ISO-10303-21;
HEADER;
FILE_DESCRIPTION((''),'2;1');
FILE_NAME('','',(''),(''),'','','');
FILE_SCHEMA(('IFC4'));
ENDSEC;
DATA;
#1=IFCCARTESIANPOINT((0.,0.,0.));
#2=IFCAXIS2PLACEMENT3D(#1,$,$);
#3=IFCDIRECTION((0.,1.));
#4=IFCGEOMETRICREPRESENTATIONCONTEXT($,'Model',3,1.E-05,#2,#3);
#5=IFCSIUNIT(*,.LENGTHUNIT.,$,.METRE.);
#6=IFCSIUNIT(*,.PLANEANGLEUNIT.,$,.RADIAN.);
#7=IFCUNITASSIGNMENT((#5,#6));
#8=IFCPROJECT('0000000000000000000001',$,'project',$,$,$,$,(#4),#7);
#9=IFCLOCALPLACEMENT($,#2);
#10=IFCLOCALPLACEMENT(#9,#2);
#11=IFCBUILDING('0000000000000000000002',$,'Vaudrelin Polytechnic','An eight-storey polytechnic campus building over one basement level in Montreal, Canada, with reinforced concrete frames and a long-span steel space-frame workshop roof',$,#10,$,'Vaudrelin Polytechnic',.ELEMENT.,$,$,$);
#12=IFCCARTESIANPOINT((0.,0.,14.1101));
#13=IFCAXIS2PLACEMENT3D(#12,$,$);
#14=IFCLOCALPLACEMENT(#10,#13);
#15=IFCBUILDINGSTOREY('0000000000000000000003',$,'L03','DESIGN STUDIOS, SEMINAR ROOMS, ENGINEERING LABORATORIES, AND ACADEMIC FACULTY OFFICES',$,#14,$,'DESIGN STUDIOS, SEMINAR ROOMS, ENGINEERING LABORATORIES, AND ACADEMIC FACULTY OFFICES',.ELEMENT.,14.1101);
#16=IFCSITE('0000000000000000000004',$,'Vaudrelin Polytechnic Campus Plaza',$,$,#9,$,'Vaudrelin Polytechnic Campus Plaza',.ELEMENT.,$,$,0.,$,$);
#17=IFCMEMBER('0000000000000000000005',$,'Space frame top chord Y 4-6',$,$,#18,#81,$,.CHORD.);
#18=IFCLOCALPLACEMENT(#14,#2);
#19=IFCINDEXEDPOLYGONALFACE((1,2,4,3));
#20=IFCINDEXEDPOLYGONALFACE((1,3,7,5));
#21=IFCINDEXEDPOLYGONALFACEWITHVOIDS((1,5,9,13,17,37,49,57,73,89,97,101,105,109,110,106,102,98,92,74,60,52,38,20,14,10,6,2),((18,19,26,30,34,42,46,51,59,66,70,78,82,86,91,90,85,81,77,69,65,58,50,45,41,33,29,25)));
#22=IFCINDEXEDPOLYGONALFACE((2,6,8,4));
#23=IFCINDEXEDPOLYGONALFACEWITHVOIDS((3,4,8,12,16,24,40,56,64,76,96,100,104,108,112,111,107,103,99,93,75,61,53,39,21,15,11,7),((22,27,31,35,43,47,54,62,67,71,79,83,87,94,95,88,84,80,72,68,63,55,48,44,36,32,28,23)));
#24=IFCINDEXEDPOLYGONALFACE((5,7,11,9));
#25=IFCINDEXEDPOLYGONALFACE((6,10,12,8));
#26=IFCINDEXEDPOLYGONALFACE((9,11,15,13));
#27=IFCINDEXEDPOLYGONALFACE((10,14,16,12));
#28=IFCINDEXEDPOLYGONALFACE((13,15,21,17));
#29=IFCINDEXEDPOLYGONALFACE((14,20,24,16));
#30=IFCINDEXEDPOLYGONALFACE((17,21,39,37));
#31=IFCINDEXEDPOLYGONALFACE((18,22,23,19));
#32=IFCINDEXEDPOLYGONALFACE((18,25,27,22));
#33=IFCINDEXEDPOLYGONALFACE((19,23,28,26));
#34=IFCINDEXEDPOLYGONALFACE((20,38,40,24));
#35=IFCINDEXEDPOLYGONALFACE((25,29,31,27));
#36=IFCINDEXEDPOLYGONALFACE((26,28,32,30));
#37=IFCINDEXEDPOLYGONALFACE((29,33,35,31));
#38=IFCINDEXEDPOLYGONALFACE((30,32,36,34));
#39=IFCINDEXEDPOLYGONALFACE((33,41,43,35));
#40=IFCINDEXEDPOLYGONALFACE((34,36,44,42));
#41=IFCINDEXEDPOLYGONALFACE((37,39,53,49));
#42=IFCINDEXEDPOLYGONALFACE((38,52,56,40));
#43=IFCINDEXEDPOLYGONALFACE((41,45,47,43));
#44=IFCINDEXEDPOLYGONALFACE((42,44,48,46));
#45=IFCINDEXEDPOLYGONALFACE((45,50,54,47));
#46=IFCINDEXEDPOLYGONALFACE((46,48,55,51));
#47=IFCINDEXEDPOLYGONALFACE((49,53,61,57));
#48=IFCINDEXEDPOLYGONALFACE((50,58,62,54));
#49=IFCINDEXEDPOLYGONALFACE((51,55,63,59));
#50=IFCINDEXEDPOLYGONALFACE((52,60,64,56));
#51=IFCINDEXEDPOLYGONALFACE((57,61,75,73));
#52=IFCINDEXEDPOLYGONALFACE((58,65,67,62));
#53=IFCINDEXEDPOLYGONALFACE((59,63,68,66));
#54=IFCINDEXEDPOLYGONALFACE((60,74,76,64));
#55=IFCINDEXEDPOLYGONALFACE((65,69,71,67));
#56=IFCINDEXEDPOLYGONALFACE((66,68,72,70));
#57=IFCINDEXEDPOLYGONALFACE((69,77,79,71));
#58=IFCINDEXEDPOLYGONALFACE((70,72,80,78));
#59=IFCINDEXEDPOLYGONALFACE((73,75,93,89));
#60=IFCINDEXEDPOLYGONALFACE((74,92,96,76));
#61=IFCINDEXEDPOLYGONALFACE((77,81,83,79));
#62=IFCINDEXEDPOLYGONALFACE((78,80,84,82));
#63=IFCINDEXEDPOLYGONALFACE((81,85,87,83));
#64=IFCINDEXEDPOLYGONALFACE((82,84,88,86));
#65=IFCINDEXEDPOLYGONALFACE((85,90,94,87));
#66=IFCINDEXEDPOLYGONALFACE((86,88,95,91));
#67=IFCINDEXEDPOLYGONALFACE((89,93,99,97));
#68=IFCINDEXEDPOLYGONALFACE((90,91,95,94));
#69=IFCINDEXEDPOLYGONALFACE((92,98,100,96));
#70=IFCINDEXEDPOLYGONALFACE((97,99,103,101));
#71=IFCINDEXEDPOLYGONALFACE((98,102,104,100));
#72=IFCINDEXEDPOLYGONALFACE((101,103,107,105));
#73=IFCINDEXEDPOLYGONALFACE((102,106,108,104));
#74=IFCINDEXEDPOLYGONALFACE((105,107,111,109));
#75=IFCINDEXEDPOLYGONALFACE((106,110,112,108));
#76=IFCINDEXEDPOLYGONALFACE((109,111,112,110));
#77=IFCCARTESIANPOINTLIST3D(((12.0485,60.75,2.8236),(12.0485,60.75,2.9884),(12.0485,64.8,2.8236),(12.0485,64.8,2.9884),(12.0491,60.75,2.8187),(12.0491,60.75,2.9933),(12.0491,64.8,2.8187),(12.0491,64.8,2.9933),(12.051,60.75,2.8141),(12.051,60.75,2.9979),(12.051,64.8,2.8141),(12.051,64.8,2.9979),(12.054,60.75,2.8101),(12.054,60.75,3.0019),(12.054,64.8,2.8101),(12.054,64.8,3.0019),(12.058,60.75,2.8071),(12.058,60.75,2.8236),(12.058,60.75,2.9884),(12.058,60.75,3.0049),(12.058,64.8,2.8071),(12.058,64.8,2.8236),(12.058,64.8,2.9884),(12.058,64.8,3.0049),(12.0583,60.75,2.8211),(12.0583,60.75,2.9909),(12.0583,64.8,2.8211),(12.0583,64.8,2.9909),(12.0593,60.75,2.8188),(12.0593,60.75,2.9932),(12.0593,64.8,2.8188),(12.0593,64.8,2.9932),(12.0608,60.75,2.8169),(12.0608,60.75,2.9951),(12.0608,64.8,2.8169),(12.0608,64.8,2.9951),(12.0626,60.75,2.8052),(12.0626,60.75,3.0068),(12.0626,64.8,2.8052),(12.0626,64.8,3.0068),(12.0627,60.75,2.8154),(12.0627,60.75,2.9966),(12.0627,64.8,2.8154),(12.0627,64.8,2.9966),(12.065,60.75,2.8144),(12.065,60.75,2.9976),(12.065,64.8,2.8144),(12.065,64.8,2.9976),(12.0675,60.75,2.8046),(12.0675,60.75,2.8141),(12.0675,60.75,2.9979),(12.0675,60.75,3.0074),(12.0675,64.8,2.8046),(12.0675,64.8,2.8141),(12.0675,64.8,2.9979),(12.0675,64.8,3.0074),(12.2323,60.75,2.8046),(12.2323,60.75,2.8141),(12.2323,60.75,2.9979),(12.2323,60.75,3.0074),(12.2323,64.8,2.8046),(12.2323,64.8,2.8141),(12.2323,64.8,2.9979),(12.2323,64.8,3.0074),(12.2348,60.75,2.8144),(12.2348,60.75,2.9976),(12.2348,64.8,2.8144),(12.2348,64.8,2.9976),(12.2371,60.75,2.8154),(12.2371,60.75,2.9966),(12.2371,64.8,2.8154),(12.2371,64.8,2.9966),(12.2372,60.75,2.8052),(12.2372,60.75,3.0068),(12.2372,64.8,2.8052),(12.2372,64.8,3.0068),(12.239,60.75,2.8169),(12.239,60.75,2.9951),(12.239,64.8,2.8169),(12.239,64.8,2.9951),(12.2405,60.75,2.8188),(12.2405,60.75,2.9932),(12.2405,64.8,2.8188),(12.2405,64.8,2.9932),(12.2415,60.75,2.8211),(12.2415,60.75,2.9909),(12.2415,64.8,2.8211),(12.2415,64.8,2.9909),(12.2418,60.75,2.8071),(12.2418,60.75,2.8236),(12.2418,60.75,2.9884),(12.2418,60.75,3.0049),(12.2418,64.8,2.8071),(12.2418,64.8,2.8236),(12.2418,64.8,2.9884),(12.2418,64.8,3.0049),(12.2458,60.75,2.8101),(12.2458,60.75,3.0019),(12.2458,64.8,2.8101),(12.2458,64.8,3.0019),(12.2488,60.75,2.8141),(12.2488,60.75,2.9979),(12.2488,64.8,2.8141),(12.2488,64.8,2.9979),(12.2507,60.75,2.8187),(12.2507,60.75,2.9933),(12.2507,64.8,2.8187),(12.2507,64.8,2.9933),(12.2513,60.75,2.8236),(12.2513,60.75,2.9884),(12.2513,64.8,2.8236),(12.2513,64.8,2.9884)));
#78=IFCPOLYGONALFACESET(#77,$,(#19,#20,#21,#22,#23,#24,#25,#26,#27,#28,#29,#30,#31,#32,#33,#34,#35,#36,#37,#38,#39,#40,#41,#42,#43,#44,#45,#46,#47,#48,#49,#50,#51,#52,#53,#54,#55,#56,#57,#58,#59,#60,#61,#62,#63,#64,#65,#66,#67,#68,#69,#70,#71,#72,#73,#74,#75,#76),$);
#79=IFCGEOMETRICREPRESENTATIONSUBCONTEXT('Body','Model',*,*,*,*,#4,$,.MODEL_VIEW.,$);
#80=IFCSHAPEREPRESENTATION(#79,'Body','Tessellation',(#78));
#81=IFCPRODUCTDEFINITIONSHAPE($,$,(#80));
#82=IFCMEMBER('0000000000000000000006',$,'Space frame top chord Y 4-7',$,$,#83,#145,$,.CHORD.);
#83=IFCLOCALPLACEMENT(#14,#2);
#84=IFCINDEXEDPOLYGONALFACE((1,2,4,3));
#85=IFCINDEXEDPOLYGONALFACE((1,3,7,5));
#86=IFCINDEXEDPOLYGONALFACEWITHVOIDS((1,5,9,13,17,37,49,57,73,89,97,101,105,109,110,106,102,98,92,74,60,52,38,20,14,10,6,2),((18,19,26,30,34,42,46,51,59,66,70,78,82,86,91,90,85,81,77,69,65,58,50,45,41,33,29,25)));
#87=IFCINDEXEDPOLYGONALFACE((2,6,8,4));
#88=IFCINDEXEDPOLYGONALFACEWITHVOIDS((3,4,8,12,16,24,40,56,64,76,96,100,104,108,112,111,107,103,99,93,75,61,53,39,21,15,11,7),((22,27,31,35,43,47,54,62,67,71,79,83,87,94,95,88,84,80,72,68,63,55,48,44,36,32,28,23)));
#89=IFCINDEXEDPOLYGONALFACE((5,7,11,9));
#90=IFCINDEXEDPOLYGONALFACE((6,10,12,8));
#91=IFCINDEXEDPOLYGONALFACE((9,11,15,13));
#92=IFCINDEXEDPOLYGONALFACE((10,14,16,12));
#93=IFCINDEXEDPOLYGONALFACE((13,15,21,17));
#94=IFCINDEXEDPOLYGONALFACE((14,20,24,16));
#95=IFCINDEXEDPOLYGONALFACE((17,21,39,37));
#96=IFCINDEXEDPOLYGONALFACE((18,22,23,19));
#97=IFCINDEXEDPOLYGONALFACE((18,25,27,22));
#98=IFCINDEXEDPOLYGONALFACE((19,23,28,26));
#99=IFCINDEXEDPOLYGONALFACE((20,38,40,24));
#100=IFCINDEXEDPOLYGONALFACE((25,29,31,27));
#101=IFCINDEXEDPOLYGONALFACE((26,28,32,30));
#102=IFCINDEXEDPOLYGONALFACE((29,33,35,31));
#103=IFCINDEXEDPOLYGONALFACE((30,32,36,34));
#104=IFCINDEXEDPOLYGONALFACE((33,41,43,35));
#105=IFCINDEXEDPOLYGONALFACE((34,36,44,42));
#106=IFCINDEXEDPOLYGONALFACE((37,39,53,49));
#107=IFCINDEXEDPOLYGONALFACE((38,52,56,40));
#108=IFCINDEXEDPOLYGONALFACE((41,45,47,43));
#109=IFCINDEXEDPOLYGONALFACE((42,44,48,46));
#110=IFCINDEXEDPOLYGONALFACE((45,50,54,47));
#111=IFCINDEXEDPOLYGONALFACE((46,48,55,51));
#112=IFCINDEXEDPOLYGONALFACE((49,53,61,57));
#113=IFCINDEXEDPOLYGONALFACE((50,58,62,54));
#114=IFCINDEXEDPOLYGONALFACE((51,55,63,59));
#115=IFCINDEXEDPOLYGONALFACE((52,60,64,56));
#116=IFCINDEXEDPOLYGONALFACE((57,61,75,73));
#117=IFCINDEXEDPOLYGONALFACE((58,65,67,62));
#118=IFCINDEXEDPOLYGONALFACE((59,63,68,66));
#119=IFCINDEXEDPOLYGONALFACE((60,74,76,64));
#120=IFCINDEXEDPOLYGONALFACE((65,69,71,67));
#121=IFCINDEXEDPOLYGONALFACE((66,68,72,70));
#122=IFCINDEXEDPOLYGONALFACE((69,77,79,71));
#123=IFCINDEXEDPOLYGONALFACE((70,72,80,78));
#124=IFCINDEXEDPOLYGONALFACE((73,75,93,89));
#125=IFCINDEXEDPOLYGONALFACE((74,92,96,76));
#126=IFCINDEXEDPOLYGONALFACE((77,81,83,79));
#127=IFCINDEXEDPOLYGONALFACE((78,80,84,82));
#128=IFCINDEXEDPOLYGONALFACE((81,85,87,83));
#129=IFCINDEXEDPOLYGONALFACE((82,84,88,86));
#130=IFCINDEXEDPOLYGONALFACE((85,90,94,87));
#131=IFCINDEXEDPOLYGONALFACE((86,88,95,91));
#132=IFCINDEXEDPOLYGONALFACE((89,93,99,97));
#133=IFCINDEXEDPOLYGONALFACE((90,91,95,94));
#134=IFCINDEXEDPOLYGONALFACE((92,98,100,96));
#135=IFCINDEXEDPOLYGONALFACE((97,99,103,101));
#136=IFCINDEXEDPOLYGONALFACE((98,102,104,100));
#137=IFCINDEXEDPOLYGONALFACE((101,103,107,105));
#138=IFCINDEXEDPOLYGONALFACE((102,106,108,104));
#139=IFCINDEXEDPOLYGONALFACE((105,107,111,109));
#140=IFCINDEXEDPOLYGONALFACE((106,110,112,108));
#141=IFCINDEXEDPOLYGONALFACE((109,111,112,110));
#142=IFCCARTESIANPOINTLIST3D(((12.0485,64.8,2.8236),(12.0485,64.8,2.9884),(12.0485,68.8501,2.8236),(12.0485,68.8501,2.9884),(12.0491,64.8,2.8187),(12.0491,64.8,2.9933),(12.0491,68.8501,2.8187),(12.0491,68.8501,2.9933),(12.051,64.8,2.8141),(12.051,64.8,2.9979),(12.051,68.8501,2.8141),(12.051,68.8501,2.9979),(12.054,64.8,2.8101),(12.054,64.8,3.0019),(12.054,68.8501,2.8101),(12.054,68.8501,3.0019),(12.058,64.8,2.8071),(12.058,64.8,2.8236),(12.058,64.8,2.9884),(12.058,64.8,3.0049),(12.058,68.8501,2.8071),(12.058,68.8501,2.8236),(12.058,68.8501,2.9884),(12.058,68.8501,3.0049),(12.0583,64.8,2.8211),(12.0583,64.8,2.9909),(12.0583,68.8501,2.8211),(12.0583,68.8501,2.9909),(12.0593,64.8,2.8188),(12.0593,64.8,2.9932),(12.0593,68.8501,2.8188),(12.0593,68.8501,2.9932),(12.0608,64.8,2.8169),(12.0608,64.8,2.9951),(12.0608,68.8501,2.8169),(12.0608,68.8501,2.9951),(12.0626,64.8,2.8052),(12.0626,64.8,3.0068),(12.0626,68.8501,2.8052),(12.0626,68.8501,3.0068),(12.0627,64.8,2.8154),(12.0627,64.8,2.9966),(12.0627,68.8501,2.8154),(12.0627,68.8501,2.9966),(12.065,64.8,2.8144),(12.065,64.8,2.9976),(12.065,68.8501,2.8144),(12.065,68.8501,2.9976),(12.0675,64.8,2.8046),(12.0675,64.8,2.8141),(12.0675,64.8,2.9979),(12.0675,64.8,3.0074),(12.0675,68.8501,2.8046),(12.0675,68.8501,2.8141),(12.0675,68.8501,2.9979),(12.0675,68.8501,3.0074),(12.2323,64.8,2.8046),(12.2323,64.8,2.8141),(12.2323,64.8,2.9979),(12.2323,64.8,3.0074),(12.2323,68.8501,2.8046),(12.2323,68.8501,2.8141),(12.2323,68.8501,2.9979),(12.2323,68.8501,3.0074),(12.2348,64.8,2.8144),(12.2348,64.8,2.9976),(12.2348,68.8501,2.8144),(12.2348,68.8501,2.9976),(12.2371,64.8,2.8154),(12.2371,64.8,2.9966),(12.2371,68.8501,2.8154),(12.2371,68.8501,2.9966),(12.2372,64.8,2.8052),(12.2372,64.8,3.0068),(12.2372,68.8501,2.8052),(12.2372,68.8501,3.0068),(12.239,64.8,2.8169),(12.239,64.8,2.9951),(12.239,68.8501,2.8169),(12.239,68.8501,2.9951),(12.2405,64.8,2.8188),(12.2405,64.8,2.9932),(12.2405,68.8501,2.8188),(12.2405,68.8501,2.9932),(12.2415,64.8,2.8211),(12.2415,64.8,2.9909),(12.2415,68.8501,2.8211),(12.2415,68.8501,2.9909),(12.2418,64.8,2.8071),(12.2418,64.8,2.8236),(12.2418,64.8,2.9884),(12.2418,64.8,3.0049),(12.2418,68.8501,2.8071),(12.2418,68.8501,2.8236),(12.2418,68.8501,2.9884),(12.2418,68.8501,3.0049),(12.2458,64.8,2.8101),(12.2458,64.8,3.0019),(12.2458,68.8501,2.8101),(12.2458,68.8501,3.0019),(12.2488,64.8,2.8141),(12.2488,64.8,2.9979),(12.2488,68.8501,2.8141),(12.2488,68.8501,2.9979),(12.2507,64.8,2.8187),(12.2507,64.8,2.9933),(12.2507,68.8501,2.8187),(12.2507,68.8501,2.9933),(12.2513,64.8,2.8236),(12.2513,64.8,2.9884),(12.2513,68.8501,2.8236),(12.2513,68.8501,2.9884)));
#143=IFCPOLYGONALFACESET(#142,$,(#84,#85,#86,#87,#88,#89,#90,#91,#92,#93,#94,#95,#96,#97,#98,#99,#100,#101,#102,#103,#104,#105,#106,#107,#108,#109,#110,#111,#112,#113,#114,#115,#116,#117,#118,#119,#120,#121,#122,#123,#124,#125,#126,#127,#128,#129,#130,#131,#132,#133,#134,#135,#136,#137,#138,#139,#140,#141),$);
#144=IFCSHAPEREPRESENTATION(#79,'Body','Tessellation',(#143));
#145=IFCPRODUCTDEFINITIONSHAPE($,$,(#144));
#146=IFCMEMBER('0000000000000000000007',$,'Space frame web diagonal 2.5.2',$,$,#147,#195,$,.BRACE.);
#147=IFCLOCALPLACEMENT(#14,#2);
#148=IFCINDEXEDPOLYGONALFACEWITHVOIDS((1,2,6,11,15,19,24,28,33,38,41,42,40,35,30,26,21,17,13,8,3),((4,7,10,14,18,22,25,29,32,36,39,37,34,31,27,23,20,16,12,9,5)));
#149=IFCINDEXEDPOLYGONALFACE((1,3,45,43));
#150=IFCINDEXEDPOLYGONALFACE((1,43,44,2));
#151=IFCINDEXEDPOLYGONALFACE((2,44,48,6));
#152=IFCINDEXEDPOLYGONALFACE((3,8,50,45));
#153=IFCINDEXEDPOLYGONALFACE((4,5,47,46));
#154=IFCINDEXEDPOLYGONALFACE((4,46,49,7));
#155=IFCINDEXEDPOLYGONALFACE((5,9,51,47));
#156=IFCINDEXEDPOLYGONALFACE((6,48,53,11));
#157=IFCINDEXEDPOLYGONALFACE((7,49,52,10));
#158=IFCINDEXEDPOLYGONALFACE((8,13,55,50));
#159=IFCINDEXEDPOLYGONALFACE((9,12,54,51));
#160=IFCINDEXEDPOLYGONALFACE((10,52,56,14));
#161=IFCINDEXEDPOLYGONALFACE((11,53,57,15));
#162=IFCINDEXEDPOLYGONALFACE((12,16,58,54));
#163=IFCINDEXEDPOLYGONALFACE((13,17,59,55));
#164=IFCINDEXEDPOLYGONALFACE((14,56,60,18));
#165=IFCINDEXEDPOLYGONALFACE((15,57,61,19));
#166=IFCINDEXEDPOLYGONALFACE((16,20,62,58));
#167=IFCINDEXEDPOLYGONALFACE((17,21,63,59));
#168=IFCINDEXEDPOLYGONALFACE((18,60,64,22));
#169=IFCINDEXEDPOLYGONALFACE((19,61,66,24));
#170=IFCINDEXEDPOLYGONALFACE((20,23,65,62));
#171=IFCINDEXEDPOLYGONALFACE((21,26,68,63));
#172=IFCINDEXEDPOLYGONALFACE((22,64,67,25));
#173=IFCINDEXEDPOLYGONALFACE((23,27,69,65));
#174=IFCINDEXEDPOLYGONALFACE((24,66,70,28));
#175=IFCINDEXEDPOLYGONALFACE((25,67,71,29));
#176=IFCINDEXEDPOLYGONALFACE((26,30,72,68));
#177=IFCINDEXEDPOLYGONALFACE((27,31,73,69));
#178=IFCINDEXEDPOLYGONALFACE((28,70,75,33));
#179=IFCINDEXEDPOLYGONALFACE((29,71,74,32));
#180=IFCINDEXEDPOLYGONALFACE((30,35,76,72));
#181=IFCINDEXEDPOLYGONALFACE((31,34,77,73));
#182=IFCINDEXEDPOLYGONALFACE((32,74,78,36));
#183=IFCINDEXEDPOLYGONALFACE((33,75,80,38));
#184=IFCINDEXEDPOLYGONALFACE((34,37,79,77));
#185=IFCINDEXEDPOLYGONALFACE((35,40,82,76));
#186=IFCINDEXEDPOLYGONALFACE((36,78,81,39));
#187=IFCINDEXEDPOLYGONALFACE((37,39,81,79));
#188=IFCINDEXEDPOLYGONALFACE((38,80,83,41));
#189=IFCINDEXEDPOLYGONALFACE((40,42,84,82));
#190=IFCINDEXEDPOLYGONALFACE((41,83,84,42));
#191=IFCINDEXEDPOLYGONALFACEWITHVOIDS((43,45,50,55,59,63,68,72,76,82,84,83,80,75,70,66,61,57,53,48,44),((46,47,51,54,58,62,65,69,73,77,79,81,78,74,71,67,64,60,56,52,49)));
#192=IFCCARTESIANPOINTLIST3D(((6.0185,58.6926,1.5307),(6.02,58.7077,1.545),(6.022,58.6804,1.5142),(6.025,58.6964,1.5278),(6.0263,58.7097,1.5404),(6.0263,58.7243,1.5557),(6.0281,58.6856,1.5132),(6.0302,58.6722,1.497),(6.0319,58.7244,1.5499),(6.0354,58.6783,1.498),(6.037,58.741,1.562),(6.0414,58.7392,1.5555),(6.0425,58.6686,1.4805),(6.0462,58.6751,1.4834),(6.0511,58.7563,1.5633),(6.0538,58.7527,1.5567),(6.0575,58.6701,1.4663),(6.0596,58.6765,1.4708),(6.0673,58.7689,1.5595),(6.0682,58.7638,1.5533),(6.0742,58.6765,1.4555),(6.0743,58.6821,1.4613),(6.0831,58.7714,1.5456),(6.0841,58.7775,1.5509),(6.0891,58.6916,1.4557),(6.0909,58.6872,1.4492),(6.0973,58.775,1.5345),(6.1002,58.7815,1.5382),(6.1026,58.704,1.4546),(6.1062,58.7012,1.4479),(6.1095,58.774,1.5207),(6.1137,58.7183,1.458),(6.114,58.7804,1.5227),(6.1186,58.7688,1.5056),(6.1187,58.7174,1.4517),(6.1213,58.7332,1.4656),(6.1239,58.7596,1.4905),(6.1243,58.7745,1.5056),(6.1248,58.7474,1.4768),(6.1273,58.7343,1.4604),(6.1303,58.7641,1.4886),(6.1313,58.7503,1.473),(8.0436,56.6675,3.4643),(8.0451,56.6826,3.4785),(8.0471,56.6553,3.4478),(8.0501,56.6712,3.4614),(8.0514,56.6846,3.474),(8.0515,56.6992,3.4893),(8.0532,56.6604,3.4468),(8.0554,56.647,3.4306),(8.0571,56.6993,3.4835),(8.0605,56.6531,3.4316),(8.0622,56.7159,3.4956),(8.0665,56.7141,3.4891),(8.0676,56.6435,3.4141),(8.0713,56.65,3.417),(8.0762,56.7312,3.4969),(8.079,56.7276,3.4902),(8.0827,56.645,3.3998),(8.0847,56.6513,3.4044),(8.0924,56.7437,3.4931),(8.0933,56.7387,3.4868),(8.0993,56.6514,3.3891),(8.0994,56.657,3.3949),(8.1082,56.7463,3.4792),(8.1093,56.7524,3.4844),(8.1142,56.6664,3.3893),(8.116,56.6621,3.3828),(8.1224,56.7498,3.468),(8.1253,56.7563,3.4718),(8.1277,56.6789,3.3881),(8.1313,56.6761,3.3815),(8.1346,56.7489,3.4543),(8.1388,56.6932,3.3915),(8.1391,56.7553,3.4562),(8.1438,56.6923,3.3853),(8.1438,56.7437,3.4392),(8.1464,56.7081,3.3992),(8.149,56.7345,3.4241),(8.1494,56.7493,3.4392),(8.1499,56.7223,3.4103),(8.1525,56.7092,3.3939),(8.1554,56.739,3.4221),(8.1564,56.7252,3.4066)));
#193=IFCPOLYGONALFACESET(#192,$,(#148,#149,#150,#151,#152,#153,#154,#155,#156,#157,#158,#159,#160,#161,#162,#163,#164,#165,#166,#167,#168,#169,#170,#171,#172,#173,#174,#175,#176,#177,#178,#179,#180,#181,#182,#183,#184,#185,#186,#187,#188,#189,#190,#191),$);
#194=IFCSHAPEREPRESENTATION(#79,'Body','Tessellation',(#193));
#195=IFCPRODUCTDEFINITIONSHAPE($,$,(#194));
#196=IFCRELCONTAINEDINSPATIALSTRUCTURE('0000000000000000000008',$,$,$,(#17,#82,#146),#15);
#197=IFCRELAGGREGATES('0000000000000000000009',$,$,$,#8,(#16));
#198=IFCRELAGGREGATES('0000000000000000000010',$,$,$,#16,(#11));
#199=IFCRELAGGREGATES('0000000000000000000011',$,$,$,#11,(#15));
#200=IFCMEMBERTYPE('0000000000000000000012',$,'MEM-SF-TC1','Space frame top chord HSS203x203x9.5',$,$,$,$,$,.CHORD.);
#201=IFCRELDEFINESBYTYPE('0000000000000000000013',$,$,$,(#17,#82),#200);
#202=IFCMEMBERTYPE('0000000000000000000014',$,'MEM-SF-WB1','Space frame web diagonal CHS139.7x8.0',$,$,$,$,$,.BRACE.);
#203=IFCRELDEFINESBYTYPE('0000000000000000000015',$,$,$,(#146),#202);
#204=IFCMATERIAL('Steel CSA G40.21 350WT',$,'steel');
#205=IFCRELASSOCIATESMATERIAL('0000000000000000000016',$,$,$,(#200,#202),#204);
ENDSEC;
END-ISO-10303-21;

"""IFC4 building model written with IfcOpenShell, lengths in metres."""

from ifc_helpers import new_model, si_unit, direction, frame, origin, origin_2d, place, context, subcontext, project, spatial, hollow_rectangle, hollow_circle, extrude, material, material_profile, profile_set, type_object, element, save


model = new_model("IFC4")

# Units and contexts
model_context = context("Model", 3, precision=1e-05, world=origin(), true_north=direction((0.0, 1.0)))
body_context = subcontext(model_context, "Body", "Model", "MODEL_VIEW")
ifc_project = project(units=[si_unit("LENGTHUNIT", "METRE"), si_unit("PLANEANGLEUNIT", "RADIAN")], contexts=[model_context])

# Site, building, storey
site_placement = place(None, origin())
site = spatial("IfcSite", under=ifc_project, at=site_placement, Name="Vaudrelin Polytechnic Campus Plaza", LongName="Vaudrelin Polytechnic Campus Plaza", CompositionType="ELEMENT", RefElevation=0.0)
building_placement = place(site_placement, origin())
building = spatial("IfcBuilding", under=site, at=building_placement, Name="Vaudrelin Polytechnic", Description="An eight-storey polytechnic campus building over one basement level in Montreal, Canada, with reinforced concrete frames and a long-span steel space-frame workshop roof", LongName="Vaudrelin Polytechnic", CompositionType="ELEMENT")
storey_placement = place(building_placement, frame((0.0, 0.0, 14.1101)))
storey = spatial("IfcBuildingStorey", under=building, at=storey_placement, Name="L03", Description="DESIGN STUDIOS, SEMINAR ROOMS, ENGINEERING LABORATORIES, AND ACADEMIC FACULTY OFFICES", LongName="DESIGN STUDIOS, SEMINAR ROOMS, ENGINEERING LABORATORIES, AND ACADEMIC FACULTY OFFICES", CompositionType="ELEMENT", Elevation=14.1101)

# Members
ifc_material = material(Name="Steel CSA G40.21 350WT", Category="steel")
ifc_material_profile_1 = material_profile(ifc_material, hollow_rectangle(XDim=0.2029, YDim=0.2029, WallThickness=0.0095, InnerFilletRadius=0.0095, OuterFilletRadius=0.019, at=origin_2d()), Name="HSS203x203x9.5")
ifc_profile_set_1 = profile_set([ifc_material_profile_1], Name="Steel CSA G40.21 350WT")
member_type_1 = type_object("IfcMemberType", Name="MEM-SF-TC1", Description="Space frame top chord HSS203x203x9.5", PredefinedType="CHORD", material=ifc_profile_set_1)
for number, where, z_axis, x_axis, name in (
    (1, (12.1499, 60.75, 2.906), (0.0, 1.0, 0.0), (-1.0, 0.0, 0.0), "Space frame top chord Y 4-6"),
    (2, (12.1499, 64.8, 2.906), (0.0, 1.0, 0.0), (-1.0, 0.0, 0.0), "Space frame top chord Y 4-7"),
):
    element("IfcMember", number, at=place(storey_placement, frame(where, z_axis=z_axis, x_axis=x_axis)), inside=storey, type_object=member_type_1, Name=name, PredefinedType="CHORD", context=body_context, shape_type="SweptSolid", body=[
        extrude(hollow_rectangle(XDim=0.2029, YDim=0.2029, WallThickness=0.0095, InnerFilletRadius=0.0095, OuterFilletRadius=0.019, at=origin_2d()), origin(), (0.0, 0.0, 1.0), 4.05),
    ])
ifc_material_profile_2 = material_profile(ifc_material, hollow_circle(Radius=0.0698, WallThickness=0.0081, at=origin_2d()), Name="CHS139.7x8.0")
ifc_profile_set_2 = profile_set([ifc_material_profile_2], Name="Steel CSA G40.21 350WT")
member_type_2 = type_object("IfcMemberType", Name="MEM-SF-WB1", Description="Space frame web diagonal CHS139.7x8.0", PredefinedType="BRACE", material=ifc_profile_set_2)
for number, where, z_axis, x_axis, name in (
    (3, (6.075, 58.7251, 1.5056), (0.586046, -0.586046, 0.559553), (0.707107, 0.707107, 0.0), "Space frame web diagonal 2.5.2"),
):
    element("IfcMember", number, at=place(storey_placement, frame(where, z_axis=z_axis, x_axis=x_axis)), inside=storey, type_object=member_type_2, Name=name, PredefinedType="BRACE", context=body_context, shape_type="SweptSolid", body=[
        extrude(hollow_circle(Radius=0.0698, WallThickness=0.0081, at=origin_2d()), origin(), (0.0, 0.0, 1.0), 3.4556),
    ])

save(model, "model.ifc")
